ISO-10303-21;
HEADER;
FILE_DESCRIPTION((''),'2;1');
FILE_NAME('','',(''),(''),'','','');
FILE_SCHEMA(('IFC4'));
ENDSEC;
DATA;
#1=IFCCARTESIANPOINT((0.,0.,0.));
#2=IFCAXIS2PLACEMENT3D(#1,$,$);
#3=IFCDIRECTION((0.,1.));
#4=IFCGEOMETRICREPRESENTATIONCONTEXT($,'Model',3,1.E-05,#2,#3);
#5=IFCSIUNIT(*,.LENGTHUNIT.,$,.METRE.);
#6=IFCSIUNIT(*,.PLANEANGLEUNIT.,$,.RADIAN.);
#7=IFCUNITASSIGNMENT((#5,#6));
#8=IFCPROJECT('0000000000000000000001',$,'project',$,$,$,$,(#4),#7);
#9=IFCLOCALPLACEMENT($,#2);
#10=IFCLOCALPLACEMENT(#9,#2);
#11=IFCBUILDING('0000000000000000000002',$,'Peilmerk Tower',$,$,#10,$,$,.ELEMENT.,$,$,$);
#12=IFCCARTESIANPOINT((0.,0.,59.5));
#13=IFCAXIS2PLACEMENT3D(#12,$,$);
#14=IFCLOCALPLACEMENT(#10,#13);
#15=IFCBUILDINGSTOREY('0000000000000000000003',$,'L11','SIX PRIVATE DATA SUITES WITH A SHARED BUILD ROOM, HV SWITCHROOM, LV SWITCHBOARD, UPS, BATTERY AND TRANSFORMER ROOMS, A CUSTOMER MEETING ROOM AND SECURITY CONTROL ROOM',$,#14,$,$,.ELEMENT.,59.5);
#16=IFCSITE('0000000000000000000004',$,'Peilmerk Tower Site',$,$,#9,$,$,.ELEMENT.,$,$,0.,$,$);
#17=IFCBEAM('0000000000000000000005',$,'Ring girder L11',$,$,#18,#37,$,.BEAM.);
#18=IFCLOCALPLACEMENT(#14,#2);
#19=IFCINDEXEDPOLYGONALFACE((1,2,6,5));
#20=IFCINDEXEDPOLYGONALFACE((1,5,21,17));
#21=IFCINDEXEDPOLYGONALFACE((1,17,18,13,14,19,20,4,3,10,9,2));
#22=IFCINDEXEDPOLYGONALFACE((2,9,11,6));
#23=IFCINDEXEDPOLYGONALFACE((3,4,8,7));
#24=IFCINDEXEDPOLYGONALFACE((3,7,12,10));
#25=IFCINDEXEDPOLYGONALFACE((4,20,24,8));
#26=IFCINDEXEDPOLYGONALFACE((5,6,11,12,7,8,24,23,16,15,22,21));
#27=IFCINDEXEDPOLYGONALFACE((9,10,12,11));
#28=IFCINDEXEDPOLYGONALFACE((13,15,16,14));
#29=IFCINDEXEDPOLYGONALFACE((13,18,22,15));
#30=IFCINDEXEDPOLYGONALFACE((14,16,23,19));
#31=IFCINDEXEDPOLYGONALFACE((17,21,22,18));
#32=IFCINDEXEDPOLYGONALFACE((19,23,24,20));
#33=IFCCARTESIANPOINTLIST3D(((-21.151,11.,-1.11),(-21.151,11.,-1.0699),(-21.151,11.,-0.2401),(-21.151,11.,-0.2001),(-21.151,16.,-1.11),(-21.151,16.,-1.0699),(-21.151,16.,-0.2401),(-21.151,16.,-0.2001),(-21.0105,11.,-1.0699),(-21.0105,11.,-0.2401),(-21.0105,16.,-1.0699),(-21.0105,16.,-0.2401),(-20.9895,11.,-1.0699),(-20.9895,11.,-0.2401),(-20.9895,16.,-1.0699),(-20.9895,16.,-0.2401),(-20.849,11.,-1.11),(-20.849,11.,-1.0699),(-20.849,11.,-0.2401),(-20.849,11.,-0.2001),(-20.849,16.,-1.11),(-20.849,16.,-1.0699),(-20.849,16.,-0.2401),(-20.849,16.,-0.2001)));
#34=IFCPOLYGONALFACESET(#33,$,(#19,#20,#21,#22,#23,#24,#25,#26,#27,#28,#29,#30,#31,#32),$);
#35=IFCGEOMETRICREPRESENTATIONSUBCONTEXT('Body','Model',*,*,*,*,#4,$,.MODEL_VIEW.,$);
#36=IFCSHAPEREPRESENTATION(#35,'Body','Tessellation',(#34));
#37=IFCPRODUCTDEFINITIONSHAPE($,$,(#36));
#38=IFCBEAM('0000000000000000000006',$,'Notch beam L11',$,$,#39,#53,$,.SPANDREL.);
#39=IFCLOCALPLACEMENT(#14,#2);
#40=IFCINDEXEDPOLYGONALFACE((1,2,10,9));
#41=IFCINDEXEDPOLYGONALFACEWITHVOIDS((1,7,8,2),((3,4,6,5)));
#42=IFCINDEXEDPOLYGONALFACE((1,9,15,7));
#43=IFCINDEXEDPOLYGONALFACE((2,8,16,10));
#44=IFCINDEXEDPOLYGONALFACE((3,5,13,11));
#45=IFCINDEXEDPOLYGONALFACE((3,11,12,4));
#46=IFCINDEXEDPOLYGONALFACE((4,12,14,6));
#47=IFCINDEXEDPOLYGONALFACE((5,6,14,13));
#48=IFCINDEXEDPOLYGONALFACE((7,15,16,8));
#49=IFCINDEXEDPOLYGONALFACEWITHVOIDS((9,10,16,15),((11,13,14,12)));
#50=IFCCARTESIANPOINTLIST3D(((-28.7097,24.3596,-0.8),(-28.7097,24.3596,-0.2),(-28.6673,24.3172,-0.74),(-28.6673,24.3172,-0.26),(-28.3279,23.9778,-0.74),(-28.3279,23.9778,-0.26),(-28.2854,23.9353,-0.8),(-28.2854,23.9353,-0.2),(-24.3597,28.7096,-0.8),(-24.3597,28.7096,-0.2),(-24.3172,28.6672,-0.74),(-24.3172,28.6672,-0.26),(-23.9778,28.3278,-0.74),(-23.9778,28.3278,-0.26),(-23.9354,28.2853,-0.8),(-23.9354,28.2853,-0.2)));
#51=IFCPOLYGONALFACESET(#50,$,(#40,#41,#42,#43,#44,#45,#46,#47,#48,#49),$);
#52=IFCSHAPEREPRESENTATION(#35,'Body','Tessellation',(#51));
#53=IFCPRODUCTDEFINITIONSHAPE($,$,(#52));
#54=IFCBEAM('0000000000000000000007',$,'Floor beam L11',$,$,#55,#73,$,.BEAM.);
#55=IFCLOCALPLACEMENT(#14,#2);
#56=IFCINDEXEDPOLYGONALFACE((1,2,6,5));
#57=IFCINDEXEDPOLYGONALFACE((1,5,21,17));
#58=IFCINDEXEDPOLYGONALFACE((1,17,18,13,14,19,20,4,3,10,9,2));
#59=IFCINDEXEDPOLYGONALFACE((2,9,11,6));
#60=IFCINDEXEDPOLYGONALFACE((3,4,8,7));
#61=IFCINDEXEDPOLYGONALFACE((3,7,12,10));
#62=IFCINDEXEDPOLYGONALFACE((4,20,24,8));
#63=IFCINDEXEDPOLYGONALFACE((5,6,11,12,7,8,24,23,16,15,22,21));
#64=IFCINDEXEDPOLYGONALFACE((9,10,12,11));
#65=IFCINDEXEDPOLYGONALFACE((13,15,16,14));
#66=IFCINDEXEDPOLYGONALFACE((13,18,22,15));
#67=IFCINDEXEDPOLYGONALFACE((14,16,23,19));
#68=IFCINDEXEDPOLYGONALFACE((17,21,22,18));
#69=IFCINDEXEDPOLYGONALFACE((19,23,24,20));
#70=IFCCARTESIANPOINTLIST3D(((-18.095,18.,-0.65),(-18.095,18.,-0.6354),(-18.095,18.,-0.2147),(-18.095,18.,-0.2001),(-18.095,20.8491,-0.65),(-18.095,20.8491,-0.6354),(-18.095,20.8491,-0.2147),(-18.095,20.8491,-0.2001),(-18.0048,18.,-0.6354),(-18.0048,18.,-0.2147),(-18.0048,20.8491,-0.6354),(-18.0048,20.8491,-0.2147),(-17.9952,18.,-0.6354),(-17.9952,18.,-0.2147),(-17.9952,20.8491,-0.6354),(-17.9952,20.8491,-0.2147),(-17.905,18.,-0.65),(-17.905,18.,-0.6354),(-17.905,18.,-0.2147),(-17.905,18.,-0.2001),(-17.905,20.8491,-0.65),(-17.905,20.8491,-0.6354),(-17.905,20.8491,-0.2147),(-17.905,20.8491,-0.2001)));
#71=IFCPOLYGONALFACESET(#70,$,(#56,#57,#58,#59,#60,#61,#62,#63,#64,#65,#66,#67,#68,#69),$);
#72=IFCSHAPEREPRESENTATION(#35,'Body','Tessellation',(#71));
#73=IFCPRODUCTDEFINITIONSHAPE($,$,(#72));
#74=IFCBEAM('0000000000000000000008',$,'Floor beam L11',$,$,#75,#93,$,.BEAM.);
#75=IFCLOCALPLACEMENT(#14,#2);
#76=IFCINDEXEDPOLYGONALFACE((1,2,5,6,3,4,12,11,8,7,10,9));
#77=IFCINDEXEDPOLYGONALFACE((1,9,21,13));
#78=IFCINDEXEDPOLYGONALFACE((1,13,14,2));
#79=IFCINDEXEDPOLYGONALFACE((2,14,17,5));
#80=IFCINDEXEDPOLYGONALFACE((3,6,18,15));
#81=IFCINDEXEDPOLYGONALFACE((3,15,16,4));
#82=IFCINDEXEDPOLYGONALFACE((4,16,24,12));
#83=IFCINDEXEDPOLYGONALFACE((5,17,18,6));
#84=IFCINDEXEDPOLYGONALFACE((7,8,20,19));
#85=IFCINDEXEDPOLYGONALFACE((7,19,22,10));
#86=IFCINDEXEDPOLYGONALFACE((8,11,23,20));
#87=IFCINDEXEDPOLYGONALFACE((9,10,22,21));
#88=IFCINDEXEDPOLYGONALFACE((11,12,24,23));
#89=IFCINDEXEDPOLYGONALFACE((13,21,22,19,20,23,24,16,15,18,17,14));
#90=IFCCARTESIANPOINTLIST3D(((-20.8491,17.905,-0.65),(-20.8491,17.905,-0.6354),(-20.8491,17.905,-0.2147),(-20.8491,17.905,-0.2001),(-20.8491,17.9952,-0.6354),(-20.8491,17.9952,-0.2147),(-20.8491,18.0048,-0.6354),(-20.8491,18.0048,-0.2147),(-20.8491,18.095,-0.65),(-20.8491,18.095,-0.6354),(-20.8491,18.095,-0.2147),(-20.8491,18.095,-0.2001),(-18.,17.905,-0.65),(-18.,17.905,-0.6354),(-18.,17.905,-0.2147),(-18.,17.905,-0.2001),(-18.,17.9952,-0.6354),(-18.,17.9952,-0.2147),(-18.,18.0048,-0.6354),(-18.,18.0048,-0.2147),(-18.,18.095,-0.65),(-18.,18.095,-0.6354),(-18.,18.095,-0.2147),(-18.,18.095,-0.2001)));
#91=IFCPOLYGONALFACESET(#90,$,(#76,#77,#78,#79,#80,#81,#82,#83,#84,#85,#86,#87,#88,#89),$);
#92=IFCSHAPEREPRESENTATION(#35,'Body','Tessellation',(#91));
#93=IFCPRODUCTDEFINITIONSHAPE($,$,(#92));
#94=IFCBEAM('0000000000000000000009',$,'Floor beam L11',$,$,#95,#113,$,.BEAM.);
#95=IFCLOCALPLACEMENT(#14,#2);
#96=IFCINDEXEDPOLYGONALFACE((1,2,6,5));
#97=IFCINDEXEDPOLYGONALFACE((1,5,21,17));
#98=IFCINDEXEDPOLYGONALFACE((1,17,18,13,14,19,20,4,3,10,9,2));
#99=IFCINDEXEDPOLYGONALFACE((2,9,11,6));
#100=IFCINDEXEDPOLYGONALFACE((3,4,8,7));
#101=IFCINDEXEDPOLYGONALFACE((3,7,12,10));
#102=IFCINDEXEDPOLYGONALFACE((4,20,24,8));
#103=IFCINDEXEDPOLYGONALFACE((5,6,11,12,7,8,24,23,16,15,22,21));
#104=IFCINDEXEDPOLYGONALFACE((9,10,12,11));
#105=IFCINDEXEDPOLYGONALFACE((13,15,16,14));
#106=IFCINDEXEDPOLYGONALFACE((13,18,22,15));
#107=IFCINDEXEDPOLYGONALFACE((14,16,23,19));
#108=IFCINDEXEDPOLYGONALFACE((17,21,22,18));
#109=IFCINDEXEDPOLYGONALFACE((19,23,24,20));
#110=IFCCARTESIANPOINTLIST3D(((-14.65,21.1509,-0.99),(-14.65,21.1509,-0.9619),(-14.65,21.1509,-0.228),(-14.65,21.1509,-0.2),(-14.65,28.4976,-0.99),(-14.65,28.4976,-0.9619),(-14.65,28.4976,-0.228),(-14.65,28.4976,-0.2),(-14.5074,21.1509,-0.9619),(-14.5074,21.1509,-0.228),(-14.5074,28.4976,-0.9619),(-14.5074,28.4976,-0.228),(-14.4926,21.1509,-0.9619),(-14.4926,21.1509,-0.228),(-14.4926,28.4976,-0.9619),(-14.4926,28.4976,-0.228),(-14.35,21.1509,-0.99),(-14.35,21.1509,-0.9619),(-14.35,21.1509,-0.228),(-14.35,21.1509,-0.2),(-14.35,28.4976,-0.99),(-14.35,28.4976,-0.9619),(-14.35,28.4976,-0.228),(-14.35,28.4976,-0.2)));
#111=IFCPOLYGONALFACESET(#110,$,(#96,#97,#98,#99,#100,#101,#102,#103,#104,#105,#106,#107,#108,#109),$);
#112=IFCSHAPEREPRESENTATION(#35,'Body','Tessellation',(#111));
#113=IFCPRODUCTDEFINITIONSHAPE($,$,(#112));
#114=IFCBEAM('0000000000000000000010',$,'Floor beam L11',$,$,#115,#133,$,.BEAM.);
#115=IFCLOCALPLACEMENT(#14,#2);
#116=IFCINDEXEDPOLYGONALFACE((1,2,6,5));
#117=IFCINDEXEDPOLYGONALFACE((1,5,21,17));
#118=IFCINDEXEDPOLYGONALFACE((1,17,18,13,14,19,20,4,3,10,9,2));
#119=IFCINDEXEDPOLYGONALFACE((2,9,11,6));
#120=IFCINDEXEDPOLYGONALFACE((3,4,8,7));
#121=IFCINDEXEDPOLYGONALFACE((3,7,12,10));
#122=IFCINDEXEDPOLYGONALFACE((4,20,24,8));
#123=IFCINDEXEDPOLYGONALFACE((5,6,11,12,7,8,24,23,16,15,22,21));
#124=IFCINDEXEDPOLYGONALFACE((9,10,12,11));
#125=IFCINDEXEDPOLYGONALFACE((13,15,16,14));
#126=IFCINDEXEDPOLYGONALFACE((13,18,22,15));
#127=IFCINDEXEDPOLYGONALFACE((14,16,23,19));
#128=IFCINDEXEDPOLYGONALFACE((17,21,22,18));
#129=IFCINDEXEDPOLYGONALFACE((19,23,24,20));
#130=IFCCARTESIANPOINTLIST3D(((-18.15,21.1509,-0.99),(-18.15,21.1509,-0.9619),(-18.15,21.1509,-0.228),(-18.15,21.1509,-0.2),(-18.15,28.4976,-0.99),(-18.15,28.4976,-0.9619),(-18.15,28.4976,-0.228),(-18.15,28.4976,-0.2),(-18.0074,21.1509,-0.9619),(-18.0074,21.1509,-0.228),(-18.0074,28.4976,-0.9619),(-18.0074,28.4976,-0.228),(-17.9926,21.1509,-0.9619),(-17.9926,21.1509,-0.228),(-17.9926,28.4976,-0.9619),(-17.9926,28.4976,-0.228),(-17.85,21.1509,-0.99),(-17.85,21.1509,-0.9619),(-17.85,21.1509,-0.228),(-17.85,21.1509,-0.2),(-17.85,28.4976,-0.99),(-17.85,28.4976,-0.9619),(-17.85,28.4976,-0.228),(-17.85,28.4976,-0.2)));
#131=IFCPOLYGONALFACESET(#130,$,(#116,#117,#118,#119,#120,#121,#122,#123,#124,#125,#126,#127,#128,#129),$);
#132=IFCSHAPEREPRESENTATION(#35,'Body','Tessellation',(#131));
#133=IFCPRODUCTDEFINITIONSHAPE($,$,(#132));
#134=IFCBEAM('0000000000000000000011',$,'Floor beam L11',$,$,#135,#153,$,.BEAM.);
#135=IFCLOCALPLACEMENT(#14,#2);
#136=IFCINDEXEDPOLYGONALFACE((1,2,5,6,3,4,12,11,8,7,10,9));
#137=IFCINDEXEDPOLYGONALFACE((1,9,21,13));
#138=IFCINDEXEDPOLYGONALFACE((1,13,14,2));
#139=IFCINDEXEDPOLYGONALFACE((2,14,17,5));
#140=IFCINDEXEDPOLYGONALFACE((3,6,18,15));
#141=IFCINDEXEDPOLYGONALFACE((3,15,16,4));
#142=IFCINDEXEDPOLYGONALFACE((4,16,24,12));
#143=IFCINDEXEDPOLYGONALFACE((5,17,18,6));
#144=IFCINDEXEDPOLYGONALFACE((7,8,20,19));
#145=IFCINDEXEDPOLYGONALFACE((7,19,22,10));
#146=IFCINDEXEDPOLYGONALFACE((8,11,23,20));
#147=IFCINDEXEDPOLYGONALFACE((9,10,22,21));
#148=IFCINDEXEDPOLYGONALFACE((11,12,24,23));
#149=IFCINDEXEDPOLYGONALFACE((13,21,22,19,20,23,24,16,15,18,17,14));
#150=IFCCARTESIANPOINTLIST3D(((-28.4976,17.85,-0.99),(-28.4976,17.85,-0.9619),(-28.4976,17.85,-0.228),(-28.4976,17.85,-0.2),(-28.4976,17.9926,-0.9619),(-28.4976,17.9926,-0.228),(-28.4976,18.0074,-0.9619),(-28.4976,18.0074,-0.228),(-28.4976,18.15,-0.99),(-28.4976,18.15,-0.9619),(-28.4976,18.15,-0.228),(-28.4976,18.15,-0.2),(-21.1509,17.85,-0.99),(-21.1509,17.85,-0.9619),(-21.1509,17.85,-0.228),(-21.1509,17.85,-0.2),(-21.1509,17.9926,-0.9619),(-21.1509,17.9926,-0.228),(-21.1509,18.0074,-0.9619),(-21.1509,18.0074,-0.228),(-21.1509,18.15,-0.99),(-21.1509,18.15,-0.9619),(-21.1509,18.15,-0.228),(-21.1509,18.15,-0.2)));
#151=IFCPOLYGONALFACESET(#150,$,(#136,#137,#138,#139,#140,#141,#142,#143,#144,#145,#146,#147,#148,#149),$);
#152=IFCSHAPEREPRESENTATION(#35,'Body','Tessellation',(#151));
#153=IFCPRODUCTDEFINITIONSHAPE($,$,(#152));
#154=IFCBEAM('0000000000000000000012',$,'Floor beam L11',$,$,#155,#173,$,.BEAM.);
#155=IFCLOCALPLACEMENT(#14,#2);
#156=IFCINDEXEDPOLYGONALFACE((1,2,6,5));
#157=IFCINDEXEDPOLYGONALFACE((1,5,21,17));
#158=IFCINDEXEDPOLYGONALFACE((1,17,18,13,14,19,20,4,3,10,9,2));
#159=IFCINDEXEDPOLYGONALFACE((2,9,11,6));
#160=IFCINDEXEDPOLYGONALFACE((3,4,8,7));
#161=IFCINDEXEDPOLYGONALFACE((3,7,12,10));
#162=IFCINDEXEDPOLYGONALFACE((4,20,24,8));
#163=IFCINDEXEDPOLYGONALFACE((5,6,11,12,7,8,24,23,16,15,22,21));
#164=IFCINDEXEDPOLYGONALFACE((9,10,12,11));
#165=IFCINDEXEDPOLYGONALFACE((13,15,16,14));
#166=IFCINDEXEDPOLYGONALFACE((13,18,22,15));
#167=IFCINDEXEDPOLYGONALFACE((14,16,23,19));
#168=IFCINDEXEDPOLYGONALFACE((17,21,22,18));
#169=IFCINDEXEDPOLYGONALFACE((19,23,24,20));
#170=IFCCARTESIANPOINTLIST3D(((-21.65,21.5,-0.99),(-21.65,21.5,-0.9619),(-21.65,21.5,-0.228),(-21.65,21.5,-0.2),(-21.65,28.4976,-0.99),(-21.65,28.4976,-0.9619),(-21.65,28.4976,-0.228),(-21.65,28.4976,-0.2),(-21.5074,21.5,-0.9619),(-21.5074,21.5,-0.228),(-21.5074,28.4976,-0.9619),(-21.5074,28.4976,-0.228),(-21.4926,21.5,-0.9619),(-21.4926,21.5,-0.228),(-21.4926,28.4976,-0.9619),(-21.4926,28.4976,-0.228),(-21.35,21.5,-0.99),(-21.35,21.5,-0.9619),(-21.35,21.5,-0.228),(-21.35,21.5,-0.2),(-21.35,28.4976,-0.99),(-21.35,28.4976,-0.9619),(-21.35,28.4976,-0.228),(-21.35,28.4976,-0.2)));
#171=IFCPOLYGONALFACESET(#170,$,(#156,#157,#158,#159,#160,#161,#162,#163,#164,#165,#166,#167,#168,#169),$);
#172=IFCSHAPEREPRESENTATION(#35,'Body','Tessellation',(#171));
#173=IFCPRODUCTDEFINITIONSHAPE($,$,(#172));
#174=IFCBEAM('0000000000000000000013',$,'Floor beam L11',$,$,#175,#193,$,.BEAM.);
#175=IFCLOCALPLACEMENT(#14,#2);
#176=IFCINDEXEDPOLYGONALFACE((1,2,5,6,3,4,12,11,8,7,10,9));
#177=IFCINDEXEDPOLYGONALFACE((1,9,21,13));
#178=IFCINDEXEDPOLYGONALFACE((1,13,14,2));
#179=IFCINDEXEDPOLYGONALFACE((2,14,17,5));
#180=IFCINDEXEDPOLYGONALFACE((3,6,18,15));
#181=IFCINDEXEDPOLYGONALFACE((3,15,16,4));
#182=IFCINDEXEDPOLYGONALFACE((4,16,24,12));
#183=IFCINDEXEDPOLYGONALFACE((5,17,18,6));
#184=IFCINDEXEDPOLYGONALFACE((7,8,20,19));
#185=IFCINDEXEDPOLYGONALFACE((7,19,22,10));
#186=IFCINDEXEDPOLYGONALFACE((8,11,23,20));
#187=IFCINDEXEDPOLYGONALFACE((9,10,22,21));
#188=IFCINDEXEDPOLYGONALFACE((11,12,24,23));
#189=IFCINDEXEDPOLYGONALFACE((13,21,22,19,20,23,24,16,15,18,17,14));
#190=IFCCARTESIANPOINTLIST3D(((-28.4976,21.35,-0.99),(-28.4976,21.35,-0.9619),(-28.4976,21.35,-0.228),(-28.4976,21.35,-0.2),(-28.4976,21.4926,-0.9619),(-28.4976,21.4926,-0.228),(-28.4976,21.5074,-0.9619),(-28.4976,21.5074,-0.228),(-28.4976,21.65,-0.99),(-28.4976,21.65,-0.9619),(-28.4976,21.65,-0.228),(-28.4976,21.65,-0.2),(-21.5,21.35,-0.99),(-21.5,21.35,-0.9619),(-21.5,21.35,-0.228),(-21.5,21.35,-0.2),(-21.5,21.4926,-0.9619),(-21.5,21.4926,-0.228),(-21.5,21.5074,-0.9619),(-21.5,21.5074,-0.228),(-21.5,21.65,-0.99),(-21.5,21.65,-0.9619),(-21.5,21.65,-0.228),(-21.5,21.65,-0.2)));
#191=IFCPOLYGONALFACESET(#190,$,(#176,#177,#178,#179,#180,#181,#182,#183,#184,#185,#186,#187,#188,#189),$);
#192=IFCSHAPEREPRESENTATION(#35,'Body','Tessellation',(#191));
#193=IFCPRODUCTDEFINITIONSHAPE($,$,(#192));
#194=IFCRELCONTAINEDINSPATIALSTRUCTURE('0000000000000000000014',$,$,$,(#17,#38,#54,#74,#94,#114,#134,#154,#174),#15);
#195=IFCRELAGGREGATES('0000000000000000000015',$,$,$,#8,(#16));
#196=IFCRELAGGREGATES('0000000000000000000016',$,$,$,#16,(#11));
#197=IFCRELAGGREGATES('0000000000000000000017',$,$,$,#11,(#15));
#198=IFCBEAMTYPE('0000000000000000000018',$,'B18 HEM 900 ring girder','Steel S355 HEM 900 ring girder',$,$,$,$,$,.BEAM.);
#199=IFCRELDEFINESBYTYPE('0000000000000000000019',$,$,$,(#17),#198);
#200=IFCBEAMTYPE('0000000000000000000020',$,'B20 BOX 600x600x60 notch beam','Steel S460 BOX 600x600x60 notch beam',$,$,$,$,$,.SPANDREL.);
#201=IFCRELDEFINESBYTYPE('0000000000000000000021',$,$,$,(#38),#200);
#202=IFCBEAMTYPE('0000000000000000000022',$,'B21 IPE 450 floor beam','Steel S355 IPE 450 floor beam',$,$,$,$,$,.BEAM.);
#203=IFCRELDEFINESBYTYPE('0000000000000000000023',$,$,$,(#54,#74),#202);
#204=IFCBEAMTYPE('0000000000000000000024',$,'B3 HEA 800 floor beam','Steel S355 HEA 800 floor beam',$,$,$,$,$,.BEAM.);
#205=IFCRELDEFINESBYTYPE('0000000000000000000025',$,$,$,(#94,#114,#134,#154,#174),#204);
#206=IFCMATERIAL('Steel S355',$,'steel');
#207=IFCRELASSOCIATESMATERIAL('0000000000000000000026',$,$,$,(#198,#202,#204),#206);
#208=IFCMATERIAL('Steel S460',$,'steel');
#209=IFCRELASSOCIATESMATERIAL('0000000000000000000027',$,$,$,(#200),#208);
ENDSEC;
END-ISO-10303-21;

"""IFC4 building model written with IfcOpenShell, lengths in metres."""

from ifc_helpers import new_model, si_unit, direction, frame, origin, origin_2d, place, context, subcontext, project, spatial, hollow_rectangle, i_section, extrude, material, material_profile, profile_set, type_object, element, save


model = new_model("IFC4")

# Units and contexts
model_context = context("Model", 3, precision=1e-05, world=origin(), true_north=direction((0.0, 1.0)))
body_context = subcontext(model_context, "Body", "Model", "MODEL_VIEW")
ifc_project = project(units=[si_unit("LENGTHUNIT", "METRE"), si_unit("PLANEANGLEUNIT", "RADIAN")], contexts=[model_context])

# Site, building, storey
site_placement = place(None, origin())
site = spatial("IfcSite", under=ifc_project, at=site_placement, Name="Peilmerk Tower Site", CompositionType="ELEMENT", RefElevation=0.0)
building_placement = place(site_placement, origin())
building = spatial("IfcBuilding", under=site, at=building_placement, Name="Peilmerk Tower", CompositionType="ELEMENT")
storey_placement = place(building_placement, frame((0.0, 0.0, 59.5)))
storey = spatial("IfcBuildingStorey", under=building, at=storey_placement, Name="L11", Description="SIX PRIVATE DATA SUITES WITH A SHARED BUILD ROOM, HV SWITCHROOM, LV SWITCHBOARD, UPS, BATTERY AND TRANSFORMER ROOMS, A CUSTOMER MEETING ROOM AND SECURITY CONTROL ROOM", CompositionType="ELEMENT", Elevation=59.5)

# Beams
ifc_material_1 = material(Name="Steel S355", Category="steel")
ifc_material_profile_1 = material_profile(ifc_material_1, i_section(OverallWidth=0.302, OverallDepth=0.9099, WebThickness=0.021, FlangeThickness=0.04, at=origin_2d()), Name="HEM 900")
ifc_profile_set_1 = profile_set([ifc_material_profile_1], Name="Steel S355")
beam_type_1 = type_object("IfcBeamType", Name="B18 HEM 900 ring girder", Description="Steel S355 HEM 900 ring girder", PredefinedType="BEAM", material=ifc_profile_set_1)
for number, where, z_axis, x_axis, name in (
    (1, (-21.0, 16.0, -0.655), (0.0, -1.0, 0.0), (1.0, 0.0, 0.0), "Ring girder L11"),
):
    element("IfcBeam", number, at=place(storey_placement, frame(where, z_axis=z_axis, x_axis=x_axis)), inside=storey, type_object=beam_type_1, Name=name, PredefinedType="BEAM", context=body_context, shape_type="SweptSolid", body=[
        extrude(i_section(OverallWidth=0.302, OverallDepth=0.9099, WebThickness=0.021, FlangeThickness=0.04, at=origin_2d()), origin(), (0.0, 0.0, 1.0), 5.0),
    ])
ifc_material_2 = material(Name="Steel S460", Category="steel")
ifc_material_profile_2 = material_profile(ifc_material_2, hollow_rectangle(XDim=0.6001, YDim=0.6001, WallThickness=0.0601, at=origin_2d()), Name="BOX 600x600x60")
ifc_profile_set_2 = profile_set([ifc_material_profile_2], Name="Steel S460")
beam_type_2 = type_object("IfcBeamType", Name="B20 BOX 600x600x60 notch beam", Description="Steel S460 BOX 600x600x60 notch beam", PredefinedType="SPANDREL", material=ifc_profile_set_2)
beam_1_placement = place(storey_placement, frame((-28.4976, 24.1475, -0.5), z_axis=(0.707107, 0.707107, 0.0), x_axis=(-0.707107, 0.707107, 0.0)))
element("IfcBeam", 2, at=beam_1_placement, inside=storey, type_object=beam_type_2, Name="Notch beam L11", PredefinedType="SPANDREL", context=body_context, shape_type="SweptSolid", body=[
    extrude(hollow_rectangle(XDim=0.6001, YDim=0.6001, WallThickness=0.0601, at=origin_2d()), origin(), (0.0, 0.0, 1.0), 6.1519),
])
ifc_material_profile_3 = material_profile(ifc_material_1, i_section(OverallWidth=0.1899, OverallDepth=0.45, WebThickness=0.0095, FlangeThickness=0.0146, at=origin_2d()), Name="IPE 450")
ifc_profile_set_3 = profile_set([ifc_material_profile_3], Name="Steel S355")
beam_type_3 = type_object("IfcBeamType", Name="B21 IPE 450 floor beam", Description="Steel S355 IPE 450 floor beam", PredefinedType="BEAM", material=ifc_profile_set_3)
for number, where, z_axis, x_axis, name in (
    (3, (-18.0, 18.0, -0.425), (0.0, 1.0, 0.0), (-1.0, 0.0, 0.0), "Floor beam L11"),
    (4, (-18.0, 18.0, -0.425), (-1.0, 0.0, 0.0), (0.0, -1.0, 0.0), "Floor beam L11"),
):
    element("IfcBeam", number, at=place(storey_placement, frame(where, z_axis=z_axis, x_axis=x_axis)), inside=storey, type_object=beam_type_3, Name=name, PredefinedType="BEAM", context=body_context, shape_type="SweptSolid", body=[
        extrude(i_section(OverallWidth=0.1899, OverallDepth=0.45, WebThickness=0.0095, FlangeThickness=0.0146, at=origin_2d()), origin(), (0.0, 0.0, 1.0), 2.8491),
    ])
ifc_material_profile_4 = material_profile(ifc_material_1, i_section(OverallWidth=0.3, OverallDepth=0.79, WebThickness=0.0149, FlangeThickness=0.0281, at=origin_2d()), Name="HEA 800")
ifc_profile_set_4 = profile_set([ifc_material_profile_4], Name="Steel S355")
beam_type_4 = type_object("IfcBeamType", Name="B3 HEA 800 floor beam", Description="Steel S355 HEA 800 floor beam", PredefinedType="BEAM", material=ifc_profile_set_4)
for number, where, z_axis, x_axis, name in (
    (5, (-14.5, 21.1509, -0.595), (0.0, 1.0, 0.0), (-1.0, 0.0, 0.0), "Floor beam L11"),
    (6, (-18.0, 21.1509, -0.595), (0.0, 1.0, 0.0), (-1.0, 0.0, 0.0), "Floor beam L11"),
    (7, (-21.1509, 18.0, -0.595), (-1.0, 0.0, 0.0), (0.0, -1.0, 0.0), "Floor beam L11"),
):
    element("IfcBeam", number, at=place(storey_placement, frame(where, z_axis=z_axis, x_axis=x_axis)), inside=storey, type_object=beam_type_4, Name=name, PredefinedType="BEAM", context=body_context, shape_type="SweptSolid", body=[
        extrude(i_section(OverallWidth=0.3, OverallDepth=0.79, WebThickness=0.0149, FlangeThickness=0.0281, at=origin_2d()), origin(), (0.0, 0.0, 1.0), 7.3467),
    ])
for number, where, z_axis, x_axis, name in (
    (8, (-21.5, 21.5, -0.595), (0.0, 1.0, 0.0), (-1.0, 0.0, 0.0), "Floor beam L11"),
    (9, (-21.5, 21.5, -0.595), (-1.0, 0.0, 0.0), (0.0, -1.0, 0.0), "Floor beam L11"),
):
    element("IfcBeam", number, at=place(storey_placement, frame(where, z_axis=z_axis, x_axis=x_axis)), inside=storey, type_object=beam_type_4, Name=name, PredefinedType="BEAM", context=body_context, shape_type="SweptSolid", body=[
        extrude(i_section(OverallWidth=0.3, OverallDepth=0.79, WebThickness=0.0149, FlangeThickness=0.0281, at=origin_2d()), origin(), (0.0, 0.0, 1.0), 6.9976),
    ])

save(model, "model.ifc")
